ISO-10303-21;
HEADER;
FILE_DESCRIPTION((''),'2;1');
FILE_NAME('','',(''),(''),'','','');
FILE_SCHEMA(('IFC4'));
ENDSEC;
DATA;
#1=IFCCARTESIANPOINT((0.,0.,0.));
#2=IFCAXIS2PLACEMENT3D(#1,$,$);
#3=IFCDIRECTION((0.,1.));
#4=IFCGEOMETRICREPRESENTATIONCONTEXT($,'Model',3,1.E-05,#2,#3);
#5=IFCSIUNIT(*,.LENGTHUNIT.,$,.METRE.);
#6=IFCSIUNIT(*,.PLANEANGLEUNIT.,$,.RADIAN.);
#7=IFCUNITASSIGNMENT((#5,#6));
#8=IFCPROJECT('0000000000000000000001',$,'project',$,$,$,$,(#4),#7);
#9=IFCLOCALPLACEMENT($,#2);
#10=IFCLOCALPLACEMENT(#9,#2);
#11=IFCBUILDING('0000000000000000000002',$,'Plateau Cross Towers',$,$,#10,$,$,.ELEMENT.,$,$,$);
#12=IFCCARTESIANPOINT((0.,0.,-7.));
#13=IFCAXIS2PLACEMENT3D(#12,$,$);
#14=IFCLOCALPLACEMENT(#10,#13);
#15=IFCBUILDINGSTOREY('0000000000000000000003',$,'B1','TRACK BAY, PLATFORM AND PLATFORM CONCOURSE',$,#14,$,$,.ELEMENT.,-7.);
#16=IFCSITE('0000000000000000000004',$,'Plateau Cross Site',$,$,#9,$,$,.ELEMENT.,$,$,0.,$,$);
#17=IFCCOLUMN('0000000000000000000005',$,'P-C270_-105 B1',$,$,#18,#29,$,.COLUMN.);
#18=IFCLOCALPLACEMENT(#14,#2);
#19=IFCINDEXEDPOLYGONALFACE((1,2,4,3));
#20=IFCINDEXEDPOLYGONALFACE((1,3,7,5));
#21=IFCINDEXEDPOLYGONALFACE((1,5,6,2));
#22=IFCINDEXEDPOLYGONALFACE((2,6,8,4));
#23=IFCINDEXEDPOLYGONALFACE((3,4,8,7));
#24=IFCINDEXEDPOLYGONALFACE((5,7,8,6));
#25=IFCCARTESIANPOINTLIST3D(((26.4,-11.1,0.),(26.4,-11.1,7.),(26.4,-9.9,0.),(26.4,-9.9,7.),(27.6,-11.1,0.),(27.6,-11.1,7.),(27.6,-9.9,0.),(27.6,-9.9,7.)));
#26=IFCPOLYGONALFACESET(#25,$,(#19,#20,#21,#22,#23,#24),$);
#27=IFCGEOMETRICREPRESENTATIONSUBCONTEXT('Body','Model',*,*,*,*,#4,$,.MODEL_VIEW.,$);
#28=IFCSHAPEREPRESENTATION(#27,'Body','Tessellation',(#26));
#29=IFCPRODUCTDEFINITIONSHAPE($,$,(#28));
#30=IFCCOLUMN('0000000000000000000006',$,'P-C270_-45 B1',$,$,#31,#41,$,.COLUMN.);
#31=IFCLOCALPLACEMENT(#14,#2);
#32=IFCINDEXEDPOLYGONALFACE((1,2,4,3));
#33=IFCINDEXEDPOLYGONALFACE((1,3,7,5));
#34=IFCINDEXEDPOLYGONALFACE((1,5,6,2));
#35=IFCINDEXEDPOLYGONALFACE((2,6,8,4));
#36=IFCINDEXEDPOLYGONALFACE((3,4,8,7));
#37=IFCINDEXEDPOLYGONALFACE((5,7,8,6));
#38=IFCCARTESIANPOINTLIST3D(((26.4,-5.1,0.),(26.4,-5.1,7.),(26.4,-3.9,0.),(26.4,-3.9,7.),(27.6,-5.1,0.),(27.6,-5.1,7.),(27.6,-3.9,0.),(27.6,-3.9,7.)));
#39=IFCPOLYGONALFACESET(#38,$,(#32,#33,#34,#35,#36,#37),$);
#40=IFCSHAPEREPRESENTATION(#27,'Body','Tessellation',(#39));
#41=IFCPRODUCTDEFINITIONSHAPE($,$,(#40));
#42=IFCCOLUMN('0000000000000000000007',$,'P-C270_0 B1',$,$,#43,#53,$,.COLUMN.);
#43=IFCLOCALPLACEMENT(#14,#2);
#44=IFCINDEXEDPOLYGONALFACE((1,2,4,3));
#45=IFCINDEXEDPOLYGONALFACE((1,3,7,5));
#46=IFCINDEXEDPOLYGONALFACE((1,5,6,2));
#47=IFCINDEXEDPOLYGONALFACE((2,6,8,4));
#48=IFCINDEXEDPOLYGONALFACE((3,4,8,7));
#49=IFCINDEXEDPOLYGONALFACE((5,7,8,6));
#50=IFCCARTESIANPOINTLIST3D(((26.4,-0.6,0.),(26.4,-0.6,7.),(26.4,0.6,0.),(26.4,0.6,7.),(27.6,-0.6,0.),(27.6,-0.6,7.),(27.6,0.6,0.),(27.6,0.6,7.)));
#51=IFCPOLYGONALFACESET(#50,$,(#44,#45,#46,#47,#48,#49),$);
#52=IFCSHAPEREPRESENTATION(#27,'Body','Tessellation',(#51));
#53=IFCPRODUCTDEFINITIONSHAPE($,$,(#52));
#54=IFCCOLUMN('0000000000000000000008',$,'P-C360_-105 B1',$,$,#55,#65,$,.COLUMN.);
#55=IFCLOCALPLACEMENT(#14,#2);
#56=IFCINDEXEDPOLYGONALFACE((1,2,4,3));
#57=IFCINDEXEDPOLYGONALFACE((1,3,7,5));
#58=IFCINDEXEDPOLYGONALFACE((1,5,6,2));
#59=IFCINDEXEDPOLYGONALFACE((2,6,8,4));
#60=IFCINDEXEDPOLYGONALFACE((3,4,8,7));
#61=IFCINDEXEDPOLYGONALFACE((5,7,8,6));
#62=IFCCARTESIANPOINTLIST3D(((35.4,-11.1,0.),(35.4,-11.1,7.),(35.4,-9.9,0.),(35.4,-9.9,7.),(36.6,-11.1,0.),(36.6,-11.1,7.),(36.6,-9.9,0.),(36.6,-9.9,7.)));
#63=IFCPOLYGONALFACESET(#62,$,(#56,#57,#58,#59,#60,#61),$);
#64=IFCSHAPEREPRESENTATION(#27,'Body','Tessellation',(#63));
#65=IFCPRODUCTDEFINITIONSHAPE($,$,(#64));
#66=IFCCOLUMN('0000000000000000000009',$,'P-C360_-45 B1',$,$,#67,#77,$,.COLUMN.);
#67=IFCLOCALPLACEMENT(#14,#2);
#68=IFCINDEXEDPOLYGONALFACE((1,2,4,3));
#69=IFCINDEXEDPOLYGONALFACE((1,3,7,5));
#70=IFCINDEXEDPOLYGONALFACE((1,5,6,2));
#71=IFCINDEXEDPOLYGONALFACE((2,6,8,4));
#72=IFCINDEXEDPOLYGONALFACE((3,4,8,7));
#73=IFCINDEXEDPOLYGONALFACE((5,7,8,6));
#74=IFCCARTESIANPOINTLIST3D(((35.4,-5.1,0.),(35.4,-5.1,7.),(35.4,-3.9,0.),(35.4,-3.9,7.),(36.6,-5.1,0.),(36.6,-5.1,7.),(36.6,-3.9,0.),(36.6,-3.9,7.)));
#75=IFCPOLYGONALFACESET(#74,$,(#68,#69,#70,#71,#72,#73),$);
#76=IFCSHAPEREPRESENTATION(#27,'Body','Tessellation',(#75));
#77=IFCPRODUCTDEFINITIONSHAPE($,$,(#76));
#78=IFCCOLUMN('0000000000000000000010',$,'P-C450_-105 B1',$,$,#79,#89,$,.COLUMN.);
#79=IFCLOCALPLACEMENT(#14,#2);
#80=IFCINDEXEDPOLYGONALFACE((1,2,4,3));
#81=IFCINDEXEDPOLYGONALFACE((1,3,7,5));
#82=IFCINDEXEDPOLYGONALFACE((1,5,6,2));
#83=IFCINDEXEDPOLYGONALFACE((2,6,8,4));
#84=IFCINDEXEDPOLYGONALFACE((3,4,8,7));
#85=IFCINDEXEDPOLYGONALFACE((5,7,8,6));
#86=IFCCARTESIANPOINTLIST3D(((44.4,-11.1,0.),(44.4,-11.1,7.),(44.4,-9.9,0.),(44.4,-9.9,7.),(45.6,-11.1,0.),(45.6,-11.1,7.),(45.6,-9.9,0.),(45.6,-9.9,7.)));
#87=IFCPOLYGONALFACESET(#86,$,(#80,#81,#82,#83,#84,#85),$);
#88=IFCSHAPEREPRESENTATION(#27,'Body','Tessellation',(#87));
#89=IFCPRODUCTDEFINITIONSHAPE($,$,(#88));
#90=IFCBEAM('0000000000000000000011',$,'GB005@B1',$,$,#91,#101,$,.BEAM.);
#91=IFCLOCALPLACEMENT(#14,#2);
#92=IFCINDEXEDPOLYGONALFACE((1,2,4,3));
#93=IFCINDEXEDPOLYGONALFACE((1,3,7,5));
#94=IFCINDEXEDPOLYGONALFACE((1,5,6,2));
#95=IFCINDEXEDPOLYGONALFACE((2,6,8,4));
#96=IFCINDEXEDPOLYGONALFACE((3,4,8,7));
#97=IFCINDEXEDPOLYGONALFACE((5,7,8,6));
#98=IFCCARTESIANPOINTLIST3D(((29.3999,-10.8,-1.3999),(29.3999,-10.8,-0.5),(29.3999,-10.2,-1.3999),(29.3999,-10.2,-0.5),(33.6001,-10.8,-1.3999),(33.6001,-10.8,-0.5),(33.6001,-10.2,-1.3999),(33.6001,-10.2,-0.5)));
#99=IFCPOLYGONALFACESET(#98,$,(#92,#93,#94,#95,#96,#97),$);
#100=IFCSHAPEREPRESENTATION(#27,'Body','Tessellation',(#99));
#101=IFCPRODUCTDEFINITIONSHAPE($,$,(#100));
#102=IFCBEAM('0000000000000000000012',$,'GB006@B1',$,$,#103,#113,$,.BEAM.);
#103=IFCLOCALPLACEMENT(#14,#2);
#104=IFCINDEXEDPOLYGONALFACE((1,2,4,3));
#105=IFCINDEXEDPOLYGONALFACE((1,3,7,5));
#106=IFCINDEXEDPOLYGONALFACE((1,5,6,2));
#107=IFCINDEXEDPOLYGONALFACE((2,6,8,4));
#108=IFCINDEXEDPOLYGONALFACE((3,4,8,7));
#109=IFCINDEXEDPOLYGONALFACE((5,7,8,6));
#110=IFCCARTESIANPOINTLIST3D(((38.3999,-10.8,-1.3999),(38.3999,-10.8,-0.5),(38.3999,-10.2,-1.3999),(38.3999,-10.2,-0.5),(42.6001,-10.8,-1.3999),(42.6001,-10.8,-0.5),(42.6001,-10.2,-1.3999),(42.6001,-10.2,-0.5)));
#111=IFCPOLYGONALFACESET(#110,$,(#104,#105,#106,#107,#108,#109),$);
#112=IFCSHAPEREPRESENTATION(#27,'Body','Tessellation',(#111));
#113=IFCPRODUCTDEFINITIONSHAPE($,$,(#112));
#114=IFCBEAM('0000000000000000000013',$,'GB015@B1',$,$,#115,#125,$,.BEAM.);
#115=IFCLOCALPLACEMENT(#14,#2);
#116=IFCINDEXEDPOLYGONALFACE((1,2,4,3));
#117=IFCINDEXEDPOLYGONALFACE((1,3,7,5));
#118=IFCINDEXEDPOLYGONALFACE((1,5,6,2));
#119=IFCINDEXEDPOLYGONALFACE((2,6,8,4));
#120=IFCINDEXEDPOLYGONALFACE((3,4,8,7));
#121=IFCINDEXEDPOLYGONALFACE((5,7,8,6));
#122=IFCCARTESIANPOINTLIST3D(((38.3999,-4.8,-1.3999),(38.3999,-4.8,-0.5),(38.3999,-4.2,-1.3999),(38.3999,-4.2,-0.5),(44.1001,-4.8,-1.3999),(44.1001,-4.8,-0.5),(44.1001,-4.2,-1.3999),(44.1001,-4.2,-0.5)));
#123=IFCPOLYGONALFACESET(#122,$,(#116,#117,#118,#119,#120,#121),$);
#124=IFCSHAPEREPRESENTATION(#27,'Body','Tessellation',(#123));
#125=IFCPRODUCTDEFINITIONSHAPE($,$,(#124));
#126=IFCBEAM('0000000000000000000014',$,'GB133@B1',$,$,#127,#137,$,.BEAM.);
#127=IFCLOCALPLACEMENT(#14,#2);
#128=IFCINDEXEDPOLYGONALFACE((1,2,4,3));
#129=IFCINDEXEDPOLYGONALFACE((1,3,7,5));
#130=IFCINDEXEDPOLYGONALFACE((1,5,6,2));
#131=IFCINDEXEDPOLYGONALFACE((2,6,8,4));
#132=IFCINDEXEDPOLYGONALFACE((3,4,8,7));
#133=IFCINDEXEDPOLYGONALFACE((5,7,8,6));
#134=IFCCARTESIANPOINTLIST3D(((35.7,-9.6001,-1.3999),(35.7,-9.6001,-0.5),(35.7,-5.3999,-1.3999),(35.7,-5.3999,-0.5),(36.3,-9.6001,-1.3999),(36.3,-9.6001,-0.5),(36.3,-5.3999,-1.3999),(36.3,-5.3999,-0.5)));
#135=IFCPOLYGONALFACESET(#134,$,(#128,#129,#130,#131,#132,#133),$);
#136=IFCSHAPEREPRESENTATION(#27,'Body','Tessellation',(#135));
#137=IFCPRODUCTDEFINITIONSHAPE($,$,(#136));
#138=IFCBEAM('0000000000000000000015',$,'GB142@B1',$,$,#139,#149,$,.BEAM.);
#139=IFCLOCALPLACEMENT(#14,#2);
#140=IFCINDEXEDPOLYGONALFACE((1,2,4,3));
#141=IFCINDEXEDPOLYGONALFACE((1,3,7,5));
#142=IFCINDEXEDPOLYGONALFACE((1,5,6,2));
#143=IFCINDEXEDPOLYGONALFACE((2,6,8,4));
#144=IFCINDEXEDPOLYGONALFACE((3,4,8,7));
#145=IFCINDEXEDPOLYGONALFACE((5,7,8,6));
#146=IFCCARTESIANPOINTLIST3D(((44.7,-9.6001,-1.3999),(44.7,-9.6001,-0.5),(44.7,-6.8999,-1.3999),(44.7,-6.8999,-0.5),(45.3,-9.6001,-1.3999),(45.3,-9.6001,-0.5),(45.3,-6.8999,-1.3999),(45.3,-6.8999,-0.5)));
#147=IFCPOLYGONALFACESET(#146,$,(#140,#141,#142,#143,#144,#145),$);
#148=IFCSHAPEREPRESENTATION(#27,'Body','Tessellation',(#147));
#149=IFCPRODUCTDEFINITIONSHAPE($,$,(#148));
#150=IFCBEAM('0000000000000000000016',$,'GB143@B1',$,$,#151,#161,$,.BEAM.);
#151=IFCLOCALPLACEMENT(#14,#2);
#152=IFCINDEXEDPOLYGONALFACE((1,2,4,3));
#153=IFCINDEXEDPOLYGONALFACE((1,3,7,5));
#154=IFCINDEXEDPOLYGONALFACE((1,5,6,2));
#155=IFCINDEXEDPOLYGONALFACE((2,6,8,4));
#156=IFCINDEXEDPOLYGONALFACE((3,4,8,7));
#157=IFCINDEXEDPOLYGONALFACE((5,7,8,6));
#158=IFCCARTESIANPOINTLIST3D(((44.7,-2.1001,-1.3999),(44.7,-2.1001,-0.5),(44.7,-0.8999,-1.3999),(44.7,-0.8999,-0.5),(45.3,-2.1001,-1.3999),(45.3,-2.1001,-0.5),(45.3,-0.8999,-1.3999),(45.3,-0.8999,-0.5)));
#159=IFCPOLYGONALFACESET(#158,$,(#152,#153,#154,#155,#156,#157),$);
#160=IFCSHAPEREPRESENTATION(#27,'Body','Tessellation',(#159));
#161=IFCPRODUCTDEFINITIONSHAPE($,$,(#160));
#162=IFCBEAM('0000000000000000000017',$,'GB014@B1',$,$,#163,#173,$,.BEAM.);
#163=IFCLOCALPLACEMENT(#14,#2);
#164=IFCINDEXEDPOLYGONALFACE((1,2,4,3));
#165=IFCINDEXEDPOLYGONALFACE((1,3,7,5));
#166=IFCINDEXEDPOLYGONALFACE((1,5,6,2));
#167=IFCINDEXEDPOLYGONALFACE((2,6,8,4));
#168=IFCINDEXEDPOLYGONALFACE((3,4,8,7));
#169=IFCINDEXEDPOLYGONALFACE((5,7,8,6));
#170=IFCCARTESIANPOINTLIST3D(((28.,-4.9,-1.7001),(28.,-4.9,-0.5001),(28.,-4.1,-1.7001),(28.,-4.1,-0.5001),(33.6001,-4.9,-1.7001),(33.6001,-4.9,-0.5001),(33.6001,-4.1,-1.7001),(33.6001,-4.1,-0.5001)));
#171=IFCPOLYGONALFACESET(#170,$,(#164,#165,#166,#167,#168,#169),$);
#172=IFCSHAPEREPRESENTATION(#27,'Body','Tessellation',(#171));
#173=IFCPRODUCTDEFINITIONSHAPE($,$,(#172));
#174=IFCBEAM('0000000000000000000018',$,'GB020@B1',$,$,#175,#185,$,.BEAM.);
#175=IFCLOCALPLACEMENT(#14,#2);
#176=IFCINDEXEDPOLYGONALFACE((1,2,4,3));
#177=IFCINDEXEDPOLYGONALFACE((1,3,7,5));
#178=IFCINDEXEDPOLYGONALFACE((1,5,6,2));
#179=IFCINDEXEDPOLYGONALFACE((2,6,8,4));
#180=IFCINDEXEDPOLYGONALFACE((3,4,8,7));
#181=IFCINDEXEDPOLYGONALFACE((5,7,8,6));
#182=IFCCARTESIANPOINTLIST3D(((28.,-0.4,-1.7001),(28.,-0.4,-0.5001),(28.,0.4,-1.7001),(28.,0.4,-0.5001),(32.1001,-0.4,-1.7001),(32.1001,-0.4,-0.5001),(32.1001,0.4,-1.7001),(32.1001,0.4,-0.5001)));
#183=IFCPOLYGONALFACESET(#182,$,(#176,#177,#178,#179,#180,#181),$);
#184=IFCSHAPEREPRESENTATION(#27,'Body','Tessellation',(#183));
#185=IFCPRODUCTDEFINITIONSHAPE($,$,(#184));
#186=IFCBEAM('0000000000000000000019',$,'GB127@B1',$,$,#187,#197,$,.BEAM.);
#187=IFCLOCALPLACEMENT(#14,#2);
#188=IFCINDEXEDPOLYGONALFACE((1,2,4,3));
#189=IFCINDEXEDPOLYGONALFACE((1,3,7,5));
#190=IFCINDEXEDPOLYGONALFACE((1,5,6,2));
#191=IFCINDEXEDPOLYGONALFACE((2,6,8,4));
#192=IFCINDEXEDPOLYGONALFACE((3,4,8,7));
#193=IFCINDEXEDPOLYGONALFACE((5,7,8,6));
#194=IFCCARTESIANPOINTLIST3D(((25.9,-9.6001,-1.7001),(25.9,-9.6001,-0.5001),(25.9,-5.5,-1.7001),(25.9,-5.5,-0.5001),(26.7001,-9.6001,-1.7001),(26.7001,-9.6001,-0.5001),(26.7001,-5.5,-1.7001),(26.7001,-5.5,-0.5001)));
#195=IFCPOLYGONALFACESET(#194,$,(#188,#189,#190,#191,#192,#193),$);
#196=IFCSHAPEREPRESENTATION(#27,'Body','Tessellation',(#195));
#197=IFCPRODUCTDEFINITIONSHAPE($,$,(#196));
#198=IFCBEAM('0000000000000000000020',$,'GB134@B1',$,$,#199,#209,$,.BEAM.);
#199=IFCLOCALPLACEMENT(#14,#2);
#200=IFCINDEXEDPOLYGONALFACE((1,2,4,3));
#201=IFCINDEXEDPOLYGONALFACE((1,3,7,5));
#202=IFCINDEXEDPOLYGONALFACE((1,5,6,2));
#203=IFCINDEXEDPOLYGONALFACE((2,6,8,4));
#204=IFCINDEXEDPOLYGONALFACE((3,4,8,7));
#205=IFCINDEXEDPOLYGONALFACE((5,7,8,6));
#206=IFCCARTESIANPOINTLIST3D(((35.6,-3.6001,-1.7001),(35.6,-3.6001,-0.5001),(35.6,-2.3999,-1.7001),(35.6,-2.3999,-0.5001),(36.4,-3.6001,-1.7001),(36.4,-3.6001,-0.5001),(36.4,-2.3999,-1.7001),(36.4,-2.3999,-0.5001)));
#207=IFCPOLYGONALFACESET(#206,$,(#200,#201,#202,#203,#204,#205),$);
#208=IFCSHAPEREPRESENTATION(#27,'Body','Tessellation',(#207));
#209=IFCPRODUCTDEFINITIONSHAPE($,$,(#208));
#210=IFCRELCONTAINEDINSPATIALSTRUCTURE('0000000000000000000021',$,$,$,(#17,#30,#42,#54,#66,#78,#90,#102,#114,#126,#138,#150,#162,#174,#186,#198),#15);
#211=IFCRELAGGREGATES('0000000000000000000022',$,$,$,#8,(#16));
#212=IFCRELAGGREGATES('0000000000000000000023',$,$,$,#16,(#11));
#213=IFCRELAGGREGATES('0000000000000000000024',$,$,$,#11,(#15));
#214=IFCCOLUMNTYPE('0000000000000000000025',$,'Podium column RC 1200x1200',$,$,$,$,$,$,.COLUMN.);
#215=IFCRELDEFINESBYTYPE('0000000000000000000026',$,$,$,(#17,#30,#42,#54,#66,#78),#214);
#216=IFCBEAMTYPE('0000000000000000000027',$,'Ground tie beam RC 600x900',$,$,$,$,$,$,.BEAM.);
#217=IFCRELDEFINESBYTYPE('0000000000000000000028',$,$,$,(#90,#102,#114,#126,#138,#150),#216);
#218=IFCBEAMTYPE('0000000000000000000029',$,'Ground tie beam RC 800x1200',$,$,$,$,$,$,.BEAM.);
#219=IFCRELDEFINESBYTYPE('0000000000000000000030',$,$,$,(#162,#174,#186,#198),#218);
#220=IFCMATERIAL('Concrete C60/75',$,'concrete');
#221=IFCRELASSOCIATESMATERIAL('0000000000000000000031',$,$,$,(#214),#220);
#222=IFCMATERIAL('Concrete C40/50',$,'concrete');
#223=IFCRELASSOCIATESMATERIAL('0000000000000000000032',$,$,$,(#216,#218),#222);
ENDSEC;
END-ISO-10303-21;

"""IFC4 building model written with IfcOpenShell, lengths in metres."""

from ifc_helpers import new_model, si_unit, direction, frame, origin, origin_2d, place, context, subcontext, project, spatial, rectangle, extrude, material, material_profile, profile_set, type_object, element, save


model = new_model("IFC4")

# Units and contexts
model_context = context("Model", 3, precision=1e-05, world=origin(), true_north=direction((0.0, 1.0)))
body_context = subcontext(model_context, "Body", "Model", "MODEL_VIEW")
ifc_project = project(units=[si_unit("LENGTHUNIT", "METRE"), si_unit("PLANEANGLEUNIT", "RADIAN")], contexts=[model_context])

# Site, building, storey
site_placement = place(None, origin())
site = spatial("IfcSite", under=ifc_project, at=site_placement, Name="Plateau Cross Site", CompositionType="ELEMENT", RefElevation=0.0)
building_placement = place(site_placement, origin())
building = spatial("IfcBuilding", under=site, at=building_placement, Name="Plateau Cross Towers", CompositionType="ELEMENT")
storey_placement = place(building_placement, frame((0.0, 0.0, -7.0)))
storey = spatial("IfcBuildingStorey", under=building, at=storey_placement, Name="B1", Description="TRACK BAY, PLATFORM AND PLATFORM CONCOURSE", CompositionType="ELEMENT", Elevation=-7.0)

# Shared definitions
ifc_material_1 = material(Name="Concrete C40/50", Category="concrete")

# Columns
ifc_material_2 = material(Name="Concrete C60/75", Category="concrete")
ifc_material_profile_1 = material_profile(ifc_material_2, rectangle(XDim=1.2, YDim=1.2, at=origin_2d()), Name="RC 1200x1200")
ifc_profile_set_1 = profile_set([ifc_material_profile_1], Name="Concrete C60/75")
column_type = type_object("IfcColumnType", Name="Podium column RC 1200x1200", PredefinedType="COLUMN", material=ifc_profile_set_1)
for number, where, z_axis, x_axis, name in (
    (1, (27.0, -10.5, 0.0), (0.0, 0.0, 1.0), (1.0, 0.0, 0.0), "P-C270_-105 B1"),
    (2, (27.0, -4.5, 0.0), (0.0, 0.0, 1.0), (1.0, 0.0, 0.0), "P-C270_-45 B1"),
    (3, (27.0, 0.0, 0.0), (0.0, 0.0, 1.0), (1.0, 0.0, 0.0), "P-C270_0 B1"),
    (4, (36.0, -10.5, 0.0), (0.0, 0.0, 1.0), (1.0, 0.0, 0.0), "P-C360_-105 B1"),
    (5, (36.0, -4.5, 0.0), (0.0, 0.0, 1.0), (1.0, 0.0, 0.0), "P-C360_-45 B1"),
    (6, (45.0, -10.5, 0.0), (0.0, 0.0, 1.0), (1.0, 0.0, 0.0), "P-C450_-105 B1"),
):
    element("IfcColumn", number, at=place(storey_placement, frame(where, z_axis=z_axis, x_axis=x_axis)), inside=storey, type_object=column_type, Name=name, PredefinedType="COLUMN", context=body_context, shape_type="SweptSolid", body=[
        extrude(rectangle(XDim=1.2, YDim=1.2, at=origin_2d()), origin(), (0.0, 0.0, 1.0), 7.0),
    ])

# Beams
ifc_material_profile_2 = material_profile(ifc_material_1, rectangle(XDim=0.6001, YDim=0.8999, at=origin_2d()), Name="RC 600x900")
ifc_profile_set_2 = profile_set([ifc_material_profile_2], Name="Concrete C40/50")
beam_type_1 = type_object("IfcBeamType", Name="Ground tie beam RC 600x900", PredefinedType="BEAM", material=ifc_profile_set_2)
for number, where, z_axis, x_axis, name in (
    (7, (29.3999, -10.5, -0.95), (1.0, 0.0, 0.0), (0.0, 1.0, 0.0), "GB005@B1"),
    (8, (38.3999, -10.5, -0.95), (1.0, 0.0, 0.0), (0.0, 1.0, 0.0), "GB006@B1"),
):
    element("IfcBeam", number, at=place(storey_placement, frame(where, z_axis=z_axis, x_axis=x_axis)), inside=storey, type_object=beam_type_1, Name=name, PredefinedType="BEAM", context=body_context, shape_type="SweptSolid", body=[
        extrude(rectangle(XDim=0.6001, YDim=0.8999, at=origin_2d()), origin(), (0.0, 0.0, 1.0), 4.2002),
    ])
beam_1_placement = place(storey_placement, frame((38.3999, -4.5, -0.95), z_axis=(1.0, 0.0, 0.0), x_axis=(0.0, 1.0, 0.0)))
element("IfcBeam", 9, at=beam_1_placement, inside=storey, type_object=beam_type_1, Name="GB015@B1", PredefinedType="BEAM", context=body_context, shape_type="SweptSolid", body=[
    extrude(rectangle(XDim=0.6001, YDim=0.8999, at=origin_2d()), origin(), (0.0, 0.0, 1.0), 5.7002),
])
beam_2_placement = place(storey_placement, frame((36.0, -9.6001, -0.95), z_axis=(0.0, 1.0, 0.0), x_axis=(-1.0, 0.0, 0.0)))
element("IfcBeam", 10, at=beam_2_placement, inside=storey, type_object=beam_type_1, Name="GB133@B1", PredefinedType="BEAM", context=body_context, shape_type="SweptSolid", body=[
    extrude(rectangle(XDim=0.6001, YDim=0.8999, at=origin_2d()), origin(), (0.0, 0.0, 1.0), 4.2002),
])
beam_3_placement = place(storey_placement, frame((45.0, -9.6001, -0.95), z_axis=(0.0, 1.0, 0.0), x_axis=(-1.0, 0.0, 0.0)))
element("IfcBeam", 11, at=beam_3_placement, inside=storey, type_object=beam_type_1, Name="GB142@B1", PredefinedType="BEAM", context=body_context, shape_type="SweptSolid", body=[
    extrude(rectangle(XDim=0.6001, YDim=0.8999, at=origin_2d()), origin(), (0.0, 0.0, 1.0), 2.7002),
])
beam_4_placement = place(storey_placement, frame((45.0, -2.1001, -0.95), z_axis=(0.0, 1.0, 0.0), x_axis=(-1.0, 0.0, 0.0)))
element("IfcBeam", 12, at=beam_4_placement, inside=storey, type_object=beam_type_1, Name="GB143@B1", PredefinedType="BEAM", context=body_context, shape_type="SweptSolid", body=[
    extrude(rectangle(XDim=0.6001, YDim=0.8999, at=origin_2d()), origin(), (0.0, 0.0, 1.0), 1.2002),
])
ifc_material_profile_3 = material_profile(ifc_material_1, rectangle(XDim=0.8, YDim=1.2, at=origin_2d()), Name="RC 800x1200")
ifc_profile_set_3 = profile_set([ifc_material_profile_3], Name="Concrete C40/50")
beam_type_2 = type_object("IfcBeamType", Name="Ground tie beam RC 800x1200", PredefinedType="BEAM", material=ifc_profile_set_3)
beam_5_placement = place(storey_placement, frame((28.0, -4.5, -1.1001), z_axis=(1.0, 0.0, 0.0), x_axis=(0.0, 1.0, 0.0)))
element("IfcBeam", 13, at=beam_5_placement, inside=storey, type_object=beam_type_2, Name="GB014@B1", PredefinedType="BEAM", context=body_context, shape_type="SweptSolid", body=[
    extrude(rectangle(XDim=0.8, YDim=1.2, at=origin_2d()), origin(), (0.0, 0.0, 1.0), 5.6001),
])
for number, where, z_axis, x_axis, name in (
    (14, (28.0, 0.0, -1.1001), (1.0, 0.0, 0.0), (0.0, 1.0, 0.0), "GB020@B1"),
    (15, (26.3, -9.6001, -1.1001), (0.0, 1.0, 0.0), (-1.0, 0.0, 0.0), "GB127@B1"),
):
    element("IfcBeam", number, at=place(storey_placement, frame(where, z_axis=z_axis, x_axis=x_axis)), inside=storey, type_object=beam_type_2, Name=name, PredefinedType="BEAM", context=body_context, shape_type="SweptSolid", body=[
        extrude(rectangle(XDim=0.8, YDim=1.2, at=origin_2d()), origin(), (0.0, 0.0, 1.0), 4.1001),
    ])
beam_6_placement = place(storey_placement, frame((36.0, -3.6001, -1.1001), z_axis=(0.0, 1.0, 0.0), x_axis=(-1.0, 0.0, 0.0)))
element("IfcBeam", 16, at=beam_6_placement, inside=storey, type_object=beam_type_2, Name="GB134@B1", PredefinedType="BEAM", context=body_context, shape_type="SweptSolid", body=[
    extrude(rectangle(XDim=0.8, YDim=1.2, at=origin_2d()), origin(), (0.0, 0.0, 1.0), 1.2002),
])

save(model, "model.ifc")
